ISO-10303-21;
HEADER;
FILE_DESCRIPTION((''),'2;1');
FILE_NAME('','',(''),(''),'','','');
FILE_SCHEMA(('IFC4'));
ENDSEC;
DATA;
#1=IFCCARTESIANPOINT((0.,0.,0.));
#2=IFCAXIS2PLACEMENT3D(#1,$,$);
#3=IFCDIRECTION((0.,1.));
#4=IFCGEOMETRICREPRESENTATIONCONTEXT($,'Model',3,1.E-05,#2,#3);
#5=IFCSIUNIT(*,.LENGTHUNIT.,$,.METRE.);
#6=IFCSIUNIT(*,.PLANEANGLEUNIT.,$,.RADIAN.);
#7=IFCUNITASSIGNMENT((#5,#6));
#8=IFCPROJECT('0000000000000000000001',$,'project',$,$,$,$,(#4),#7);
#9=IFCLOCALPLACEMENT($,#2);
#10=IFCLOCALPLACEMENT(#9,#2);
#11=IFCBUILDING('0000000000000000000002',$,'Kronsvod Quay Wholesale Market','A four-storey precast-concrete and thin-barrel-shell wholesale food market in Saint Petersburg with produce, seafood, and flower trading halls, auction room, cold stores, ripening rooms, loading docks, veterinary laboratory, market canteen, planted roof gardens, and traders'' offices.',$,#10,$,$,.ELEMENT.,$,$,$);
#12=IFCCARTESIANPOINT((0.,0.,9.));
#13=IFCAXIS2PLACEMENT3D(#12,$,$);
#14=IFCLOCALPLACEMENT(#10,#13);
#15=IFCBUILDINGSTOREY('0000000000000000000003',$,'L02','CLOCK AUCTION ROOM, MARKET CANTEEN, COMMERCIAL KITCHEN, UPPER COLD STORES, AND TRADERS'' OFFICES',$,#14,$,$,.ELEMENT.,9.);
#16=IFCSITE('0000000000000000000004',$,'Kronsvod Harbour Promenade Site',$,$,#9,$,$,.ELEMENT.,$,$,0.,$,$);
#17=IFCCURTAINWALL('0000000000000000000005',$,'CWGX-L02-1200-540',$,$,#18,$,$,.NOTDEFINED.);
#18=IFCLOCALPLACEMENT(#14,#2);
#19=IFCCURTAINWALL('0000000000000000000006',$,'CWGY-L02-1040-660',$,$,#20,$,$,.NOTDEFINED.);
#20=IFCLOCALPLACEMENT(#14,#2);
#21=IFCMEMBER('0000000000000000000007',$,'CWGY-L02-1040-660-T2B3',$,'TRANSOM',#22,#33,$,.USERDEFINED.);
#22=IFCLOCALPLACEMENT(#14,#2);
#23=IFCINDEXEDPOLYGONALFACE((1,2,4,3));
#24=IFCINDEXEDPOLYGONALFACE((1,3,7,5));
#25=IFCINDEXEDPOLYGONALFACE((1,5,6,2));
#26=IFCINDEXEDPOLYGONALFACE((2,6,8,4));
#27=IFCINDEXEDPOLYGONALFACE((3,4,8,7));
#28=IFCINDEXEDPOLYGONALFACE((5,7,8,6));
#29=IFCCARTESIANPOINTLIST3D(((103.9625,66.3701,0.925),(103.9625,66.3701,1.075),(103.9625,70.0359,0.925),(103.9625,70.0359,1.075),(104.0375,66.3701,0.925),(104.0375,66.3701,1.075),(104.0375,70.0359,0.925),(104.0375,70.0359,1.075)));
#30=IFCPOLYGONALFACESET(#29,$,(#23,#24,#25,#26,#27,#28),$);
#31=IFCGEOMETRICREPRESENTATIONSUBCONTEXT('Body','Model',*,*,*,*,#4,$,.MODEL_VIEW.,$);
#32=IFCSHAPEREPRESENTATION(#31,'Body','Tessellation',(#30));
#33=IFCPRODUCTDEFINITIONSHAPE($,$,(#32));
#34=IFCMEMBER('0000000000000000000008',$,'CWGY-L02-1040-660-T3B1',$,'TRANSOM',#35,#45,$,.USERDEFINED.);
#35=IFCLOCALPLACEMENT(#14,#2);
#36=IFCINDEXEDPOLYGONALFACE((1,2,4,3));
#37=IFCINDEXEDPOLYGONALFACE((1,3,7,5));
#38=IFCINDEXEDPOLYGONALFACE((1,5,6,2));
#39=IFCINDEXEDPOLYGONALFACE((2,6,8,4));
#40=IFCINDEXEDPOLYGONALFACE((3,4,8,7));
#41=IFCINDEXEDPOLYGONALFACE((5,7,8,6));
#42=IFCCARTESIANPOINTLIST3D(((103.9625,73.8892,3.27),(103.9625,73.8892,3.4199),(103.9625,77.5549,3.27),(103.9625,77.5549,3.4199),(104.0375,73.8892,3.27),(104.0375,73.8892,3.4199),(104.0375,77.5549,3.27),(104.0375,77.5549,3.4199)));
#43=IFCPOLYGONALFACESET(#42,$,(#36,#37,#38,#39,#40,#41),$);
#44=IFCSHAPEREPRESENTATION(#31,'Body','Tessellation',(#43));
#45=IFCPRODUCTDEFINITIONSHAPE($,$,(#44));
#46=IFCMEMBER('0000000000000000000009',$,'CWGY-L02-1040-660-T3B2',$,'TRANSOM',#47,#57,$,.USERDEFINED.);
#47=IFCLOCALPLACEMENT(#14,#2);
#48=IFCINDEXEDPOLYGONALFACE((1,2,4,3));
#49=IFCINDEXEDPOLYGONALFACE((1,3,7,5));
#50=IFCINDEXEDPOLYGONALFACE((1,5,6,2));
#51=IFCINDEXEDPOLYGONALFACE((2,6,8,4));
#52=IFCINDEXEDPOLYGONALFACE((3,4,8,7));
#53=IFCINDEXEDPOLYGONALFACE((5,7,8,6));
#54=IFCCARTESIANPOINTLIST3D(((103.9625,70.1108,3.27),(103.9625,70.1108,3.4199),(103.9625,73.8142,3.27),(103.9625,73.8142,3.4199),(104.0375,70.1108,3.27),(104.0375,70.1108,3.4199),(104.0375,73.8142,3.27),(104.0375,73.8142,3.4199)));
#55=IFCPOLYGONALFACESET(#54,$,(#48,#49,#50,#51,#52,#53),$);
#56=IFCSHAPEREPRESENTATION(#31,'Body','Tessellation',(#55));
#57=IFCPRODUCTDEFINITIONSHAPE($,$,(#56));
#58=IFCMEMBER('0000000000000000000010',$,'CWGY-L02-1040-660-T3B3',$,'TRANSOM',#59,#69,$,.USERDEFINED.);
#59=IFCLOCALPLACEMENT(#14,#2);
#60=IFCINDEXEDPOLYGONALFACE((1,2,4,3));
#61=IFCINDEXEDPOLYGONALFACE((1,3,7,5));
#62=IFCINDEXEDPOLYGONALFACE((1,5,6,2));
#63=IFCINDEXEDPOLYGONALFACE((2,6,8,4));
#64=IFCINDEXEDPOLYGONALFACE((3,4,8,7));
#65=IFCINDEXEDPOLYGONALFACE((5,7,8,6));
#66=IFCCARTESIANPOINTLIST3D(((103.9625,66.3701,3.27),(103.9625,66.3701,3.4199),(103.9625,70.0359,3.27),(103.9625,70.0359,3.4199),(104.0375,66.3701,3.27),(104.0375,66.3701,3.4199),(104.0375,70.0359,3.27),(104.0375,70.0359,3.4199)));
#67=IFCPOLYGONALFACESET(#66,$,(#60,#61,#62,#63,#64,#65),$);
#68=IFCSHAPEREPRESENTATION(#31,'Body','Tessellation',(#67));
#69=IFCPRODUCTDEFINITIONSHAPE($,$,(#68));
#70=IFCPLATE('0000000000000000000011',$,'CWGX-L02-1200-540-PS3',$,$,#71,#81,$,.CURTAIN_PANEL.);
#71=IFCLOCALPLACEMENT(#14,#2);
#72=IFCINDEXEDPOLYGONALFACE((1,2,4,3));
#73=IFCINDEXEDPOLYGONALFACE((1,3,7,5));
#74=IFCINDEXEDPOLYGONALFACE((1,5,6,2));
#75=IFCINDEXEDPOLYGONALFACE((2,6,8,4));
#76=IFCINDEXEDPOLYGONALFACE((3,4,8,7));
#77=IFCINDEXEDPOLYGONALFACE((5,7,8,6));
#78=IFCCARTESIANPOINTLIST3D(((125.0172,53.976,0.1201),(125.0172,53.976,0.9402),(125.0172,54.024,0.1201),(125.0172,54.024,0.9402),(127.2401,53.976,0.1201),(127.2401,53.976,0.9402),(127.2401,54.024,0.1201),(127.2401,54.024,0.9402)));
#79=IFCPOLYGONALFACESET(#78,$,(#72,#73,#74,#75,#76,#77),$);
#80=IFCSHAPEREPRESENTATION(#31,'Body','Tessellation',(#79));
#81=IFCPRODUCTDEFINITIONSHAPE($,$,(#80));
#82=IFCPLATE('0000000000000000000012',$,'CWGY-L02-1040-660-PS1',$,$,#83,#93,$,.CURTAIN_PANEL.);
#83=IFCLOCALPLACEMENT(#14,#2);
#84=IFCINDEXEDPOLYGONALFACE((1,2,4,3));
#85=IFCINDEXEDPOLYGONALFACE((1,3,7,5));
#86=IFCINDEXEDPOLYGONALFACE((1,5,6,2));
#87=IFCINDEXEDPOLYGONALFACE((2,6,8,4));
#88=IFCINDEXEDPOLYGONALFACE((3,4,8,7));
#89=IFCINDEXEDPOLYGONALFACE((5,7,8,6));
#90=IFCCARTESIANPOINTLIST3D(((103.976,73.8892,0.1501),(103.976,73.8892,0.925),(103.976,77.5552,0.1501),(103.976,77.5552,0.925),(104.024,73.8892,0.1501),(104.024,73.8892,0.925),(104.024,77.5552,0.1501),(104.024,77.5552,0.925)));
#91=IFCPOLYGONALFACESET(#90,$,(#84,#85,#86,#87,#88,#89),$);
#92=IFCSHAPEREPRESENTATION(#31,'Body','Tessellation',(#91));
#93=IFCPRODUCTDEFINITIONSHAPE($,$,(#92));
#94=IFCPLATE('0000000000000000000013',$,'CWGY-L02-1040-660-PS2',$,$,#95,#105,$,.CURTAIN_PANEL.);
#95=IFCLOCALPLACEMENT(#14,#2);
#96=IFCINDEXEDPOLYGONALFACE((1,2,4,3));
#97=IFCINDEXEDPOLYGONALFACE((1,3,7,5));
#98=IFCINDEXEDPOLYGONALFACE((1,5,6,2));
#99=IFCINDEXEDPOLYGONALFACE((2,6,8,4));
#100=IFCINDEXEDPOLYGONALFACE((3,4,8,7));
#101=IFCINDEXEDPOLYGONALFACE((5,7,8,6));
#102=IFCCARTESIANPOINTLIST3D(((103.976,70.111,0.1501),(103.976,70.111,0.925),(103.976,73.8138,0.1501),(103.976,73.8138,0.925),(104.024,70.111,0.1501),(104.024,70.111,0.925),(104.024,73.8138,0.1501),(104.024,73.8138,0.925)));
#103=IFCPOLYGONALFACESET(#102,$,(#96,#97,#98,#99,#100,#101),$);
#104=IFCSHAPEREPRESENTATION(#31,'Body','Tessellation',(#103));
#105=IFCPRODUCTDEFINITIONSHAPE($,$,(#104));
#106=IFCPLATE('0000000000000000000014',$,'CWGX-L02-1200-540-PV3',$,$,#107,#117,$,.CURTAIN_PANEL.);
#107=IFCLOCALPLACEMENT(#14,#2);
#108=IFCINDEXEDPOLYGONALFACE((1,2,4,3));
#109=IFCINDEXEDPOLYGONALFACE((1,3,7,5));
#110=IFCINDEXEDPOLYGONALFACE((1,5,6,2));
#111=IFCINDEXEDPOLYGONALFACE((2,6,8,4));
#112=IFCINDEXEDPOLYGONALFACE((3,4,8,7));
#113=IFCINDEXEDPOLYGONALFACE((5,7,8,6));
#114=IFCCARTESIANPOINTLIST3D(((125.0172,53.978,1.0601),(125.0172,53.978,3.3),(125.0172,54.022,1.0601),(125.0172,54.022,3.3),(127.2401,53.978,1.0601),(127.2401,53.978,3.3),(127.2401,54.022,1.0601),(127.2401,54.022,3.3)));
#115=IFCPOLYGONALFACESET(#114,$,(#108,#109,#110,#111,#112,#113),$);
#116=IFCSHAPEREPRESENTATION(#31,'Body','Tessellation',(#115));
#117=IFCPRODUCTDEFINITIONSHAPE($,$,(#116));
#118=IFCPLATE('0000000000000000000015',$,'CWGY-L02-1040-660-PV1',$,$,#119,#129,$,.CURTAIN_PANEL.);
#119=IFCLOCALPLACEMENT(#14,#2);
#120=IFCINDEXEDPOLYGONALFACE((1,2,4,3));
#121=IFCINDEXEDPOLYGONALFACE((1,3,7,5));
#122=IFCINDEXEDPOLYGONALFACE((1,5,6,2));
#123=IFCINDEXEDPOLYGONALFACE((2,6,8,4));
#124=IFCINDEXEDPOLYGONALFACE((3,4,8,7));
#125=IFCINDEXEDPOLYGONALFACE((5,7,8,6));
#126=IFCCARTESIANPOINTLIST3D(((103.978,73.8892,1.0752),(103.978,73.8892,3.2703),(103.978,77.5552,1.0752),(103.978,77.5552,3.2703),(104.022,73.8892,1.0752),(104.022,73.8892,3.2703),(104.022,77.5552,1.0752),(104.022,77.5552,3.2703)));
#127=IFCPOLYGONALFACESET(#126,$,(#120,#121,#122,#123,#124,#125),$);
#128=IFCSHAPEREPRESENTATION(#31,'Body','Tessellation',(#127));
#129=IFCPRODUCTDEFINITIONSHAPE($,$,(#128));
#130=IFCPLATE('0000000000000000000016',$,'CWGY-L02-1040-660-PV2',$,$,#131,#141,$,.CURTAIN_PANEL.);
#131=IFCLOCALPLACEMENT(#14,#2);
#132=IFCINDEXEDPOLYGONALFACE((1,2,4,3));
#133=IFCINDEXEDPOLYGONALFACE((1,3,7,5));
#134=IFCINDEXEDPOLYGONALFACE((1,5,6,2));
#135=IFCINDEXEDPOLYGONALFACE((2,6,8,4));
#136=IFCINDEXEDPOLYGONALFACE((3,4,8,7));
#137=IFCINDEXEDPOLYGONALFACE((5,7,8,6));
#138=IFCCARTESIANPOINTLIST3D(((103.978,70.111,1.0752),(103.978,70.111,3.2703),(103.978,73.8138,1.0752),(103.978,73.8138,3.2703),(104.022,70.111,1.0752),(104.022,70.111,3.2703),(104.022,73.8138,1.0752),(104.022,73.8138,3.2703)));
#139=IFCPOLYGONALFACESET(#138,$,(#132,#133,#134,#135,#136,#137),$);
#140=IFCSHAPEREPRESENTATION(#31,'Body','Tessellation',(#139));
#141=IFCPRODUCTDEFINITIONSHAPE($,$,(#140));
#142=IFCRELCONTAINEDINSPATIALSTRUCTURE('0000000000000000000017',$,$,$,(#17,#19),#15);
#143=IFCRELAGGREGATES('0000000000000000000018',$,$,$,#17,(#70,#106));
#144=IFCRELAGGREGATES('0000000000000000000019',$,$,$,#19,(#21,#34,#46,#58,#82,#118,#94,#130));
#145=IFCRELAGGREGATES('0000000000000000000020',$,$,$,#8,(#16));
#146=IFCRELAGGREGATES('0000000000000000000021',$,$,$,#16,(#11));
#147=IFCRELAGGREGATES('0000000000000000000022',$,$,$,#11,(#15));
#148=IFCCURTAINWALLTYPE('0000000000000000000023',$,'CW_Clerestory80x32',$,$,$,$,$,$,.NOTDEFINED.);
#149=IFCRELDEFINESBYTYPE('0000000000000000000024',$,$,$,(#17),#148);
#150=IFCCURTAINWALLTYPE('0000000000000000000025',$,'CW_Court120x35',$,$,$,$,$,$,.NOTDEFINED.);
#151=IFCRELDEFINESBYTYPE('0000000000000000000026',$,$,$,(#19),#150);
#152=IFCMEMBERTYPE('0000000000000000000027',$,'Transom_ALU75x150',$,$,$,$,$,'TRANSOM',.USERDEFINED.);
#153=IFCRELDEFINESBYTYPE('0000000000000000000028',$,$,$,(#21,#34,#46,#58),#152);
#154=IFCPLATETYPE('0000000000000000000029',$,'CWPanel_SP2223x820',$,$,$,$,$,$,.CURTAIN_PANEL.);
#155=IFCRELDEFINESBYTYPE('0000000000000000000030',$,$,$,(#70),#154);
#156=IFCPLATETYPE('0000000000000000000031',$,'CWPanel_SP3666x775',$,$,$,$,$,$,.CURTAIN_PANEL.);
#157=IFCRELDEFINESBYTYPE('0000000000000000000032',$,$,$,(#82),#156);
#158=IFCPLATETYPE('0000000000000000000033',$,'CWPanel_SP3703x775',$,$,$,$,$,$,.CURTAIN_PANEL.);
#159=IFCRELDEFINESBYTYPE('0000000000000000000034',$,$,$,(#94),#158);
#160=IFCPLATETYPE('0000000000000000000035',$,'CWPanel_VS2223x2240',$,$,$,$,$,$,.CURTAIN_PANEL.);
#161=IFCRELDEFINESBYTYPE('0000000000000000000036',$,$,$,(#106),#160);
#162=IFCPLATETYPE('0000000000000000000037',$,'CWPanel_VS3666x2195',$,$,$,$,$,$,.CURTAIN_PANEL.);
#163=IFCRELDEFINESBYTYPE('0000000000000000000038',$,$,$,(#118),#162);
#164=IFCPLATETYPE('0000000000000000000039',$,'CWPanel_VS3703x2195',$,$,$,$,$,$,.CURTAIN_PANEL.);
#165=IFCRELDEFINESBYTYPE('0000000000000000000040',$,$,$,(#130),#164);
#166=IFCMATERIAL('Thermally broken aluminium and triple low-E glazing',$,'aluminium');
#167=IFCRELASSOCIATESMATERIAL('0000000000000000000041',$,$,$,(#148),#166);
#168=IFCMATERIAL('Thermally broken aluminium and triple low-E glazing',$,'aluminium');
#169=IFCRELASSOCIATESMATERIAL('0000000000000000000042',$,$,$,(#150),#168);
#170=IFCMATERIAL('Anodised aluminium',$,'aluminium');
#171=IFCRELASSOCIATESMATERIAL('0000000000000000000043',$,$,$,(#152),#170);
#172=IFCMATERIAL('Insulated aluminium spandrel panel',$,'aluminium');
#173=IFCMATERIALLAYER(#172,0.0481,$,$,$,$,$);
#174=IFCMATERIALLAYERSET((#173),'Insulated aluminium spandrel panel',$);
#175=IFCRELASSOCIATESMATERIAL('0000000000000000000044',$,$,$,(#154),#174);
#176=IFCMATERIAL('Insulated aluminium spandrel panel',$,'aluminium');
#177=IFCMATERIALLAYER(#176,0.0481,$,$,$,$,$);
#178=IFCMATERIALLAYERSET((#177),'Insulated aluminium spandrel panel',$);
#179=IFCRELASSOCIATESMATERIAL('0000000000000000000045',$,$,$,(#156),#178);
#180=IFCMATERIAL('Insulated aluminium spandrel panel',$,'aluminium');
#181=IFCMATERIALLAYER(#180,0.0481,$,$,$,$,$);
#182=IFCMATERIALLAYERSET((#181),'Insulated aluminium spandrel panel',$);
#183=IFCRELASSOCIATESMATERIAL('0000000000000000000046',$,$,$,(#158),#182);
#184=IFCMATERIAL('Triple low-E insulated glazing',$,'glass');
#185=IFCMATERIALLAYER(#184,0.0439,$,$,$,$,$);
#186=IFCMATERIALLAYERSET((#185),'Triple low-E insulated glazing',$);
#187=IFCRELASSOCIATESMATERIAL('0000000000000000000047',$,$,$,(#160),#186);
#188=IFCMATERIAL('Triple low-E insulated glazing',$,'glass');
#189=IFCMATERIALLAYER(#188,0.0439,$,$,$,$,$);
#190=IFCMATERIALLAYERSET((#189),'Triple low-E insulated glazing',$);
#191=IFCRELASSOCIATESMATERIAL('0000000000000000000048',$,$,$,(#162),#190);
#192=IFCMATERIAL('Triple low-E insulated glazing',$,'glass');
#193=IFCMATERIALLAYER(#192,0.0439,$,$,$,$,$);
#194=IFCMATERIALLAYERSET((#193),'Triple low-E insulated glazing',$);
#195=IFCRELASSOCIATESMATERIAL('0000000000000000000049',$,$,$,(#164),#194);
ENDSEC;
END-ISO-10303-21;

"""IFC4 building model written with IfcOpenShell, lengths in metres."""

from ifc_helpers import new_model, si_unit, direction, frame, origin, origin_2d, place, context, subcontext, project, spatial, rectangle, extrude, material, layer, layer_set, material_profile, profile_set, type_object, element, aggregate, save


model = new_model("IFC4")

# Units and contexts
model_context = context("Model", 3, precision=1e-05, world=origin(), true_north=direction((0.0, 1.0)))
body_context = subcontext(model_context, "Body", "Model", "MODEL_VIEW")
ifc_project = project(units=[si_unit("LENGTHUNIT", "METRE"), si_unit("PLANEANGLEUNIT", "RADIAN")], contexts=[model_context])

# Site, building, storey
site_placement = place(None, origin())
site = spatial("IfcSite", under=ifc_project, at=site_placement, Name="Kronsvod Harbour Promenade Site", CompositionType="ELEMENT", RefElevation=0.0)
building_placement = place(site_placement, origin())
building = spatial("IfcBuilding", under=site, at=building_placement, Name="Kronsvod Quay Wholesale Market", Description="A four-storey precast-concrete and thin-barrel-shell wholesale food market in Saint Petersburg with produce, seafood, and flower trading halls, auction room, cold stores, ripening rooms, loading docks, veterinary laboratory, market canteen, planted roof gardens, and traders' offices.", CompositionType="ELEMENT")
storey_placement = place(building_placement, frame((0.0, 0.0, 9.0)))
storey = spatial("IfcBuildingStorey", under=building, at=storey_placement, Name="L02", Description="CLOCK AUCTION ROOM, MARKET CANTEEN, COMMERCIAL KITCHEN, UPPER COLD STORES, AND TRADERS' OFFICES", CompositionType="ELEMENT", Elevation=9.0)

# Curtain wall
ifc_material_1 = material(Name="Thermally broken aluminium and triple low-E glazing", Category="aluminium")
curtain_wall_type_1 = type_object("IfcCurtainWallType", Name="CW_Clerestory80x32", PredefinedType="NOTDEFINED", material=ifc_material_1)
curtain_wall_1_placement = place(storey_placement, origin())
curtain_wall_1 = element("IfcCurtainWall", 1, at=curtain_wall_1_placement, inside=storey, type_object=curtain_wall_type_1, Name="CWGX-L02-1200-540", PredefinedType="NOTDEFINED")

# Curtain wall
ifc_material_2 = material(Name="Thermally broken aluminium and triple low-E glazing", Category="aluminium")
curtain_wall_type_2 = type_object("IfcCurtainWallType", Name="CW_Court120x35", PredefinedType="NOTDEFINED", material=ifc_material_2)
curtain_wall_2_placement = place(storey_placement, origin())
curtain_wall_2 = element("IfcCurtainWall", 2, at=curtain_wall_2_placement, inside=storey, type_object=curtain_wall_type_2, Name="CWGY-L02-1040-660", PredefinedType="NOTDEFINED")

# Members
ifc_material_3 = material(Name="Anodised aluminium", Category="aluminium")
ifc_material_profile_1 = material_profile(ifc_material_3, rectangle(XDim=0.075, YDim=0.1499, at=origin_2d()), Name="ALUT75x150")
ifc_profile_set_1 = profile_set([ifc_material_profile_1], Name="Anodised aluminium")
member_type_1 = type_object("IfcMemberType", Name="Transom_ALU75x150", ElementType="TRANSOM", PredefinedType="USERDEFINED", material=ifc_profile_set_1)
member_1_placement = place(storey_placement, frame((104.0, 70.0359, 1.0), z_axis=(0.0, -1.0, 0.0), x_axis=(1.0, 0.0, 0.0)))
member_1 = element("IfcMember", 3, at=member_1_placement, type_object=member_type_1, Name="CWGY-L02-1040-660-T2B3", ObjectType="TRANSOM", PredefinedType="USERDEFINED", context=body_context, shape_type="SweptSolid", body=[
    extrude(rectangle(XDim=0.075, YDim=0.1499, at=origin_2d()), origin(), (0.0, 0.0, 1.0), 3.6658),
])
member_2_placement = place(storey_placement, frame((104.0, 77.5549, 3.345), z_axis=(0.0, -1.0, 0.0), x_axis=(1.0, 0.0, 0.0)))
member_2 = element("IfcMember", 4, at=member_2_placement, type_object=member_type_1, Name="CWGY-L02-1040-660-T3B1", ObjectType="TRANSOM", PredefinedType="USERDEFINED", context=body_context, shape_type="SweptSolid", body=[
    extrude(rectangle(XDim=0.075, YDim=0.1499, at=origin_2d()), origin(), (0.0, 0.0, 1.0), 3.6658),
])
member_3_placement = place(storey_placement, frame((104.0, 73.8142, 3.345), z_axis=(0.0, -1.0, 0.0), x_axis=(1.0, 0.0, 0.0)))
member_3 = element("IfcMember", 5, at=member_3_placement, type_object=member_type_1, Name="CWGY-L02-1040-660-T3B2", ObjectType="TRANSOM", PredefinedType="USERDEFINED", context=body_context, shape_type="SweptSolid", body=[
    extrude(rectangle(XDim=0.075, YDim=0.1499, at=origin_2d()), origin(), (0.0, 0.0, 1.0), 3.7034),
])
member_4_placement = place(storey_placement, frame((104.0, 70.0359, 3.345), z_axis=(0.0, -1.0, 0.0), x_axis=(1.0, 0.0, 0.0)))
member_4 = element("IfcMember", 6, at=member_4_placement, type_object=member_type_1, Name="CWGY-L02-1040-660-T3B3", ObjectType="TRANSOM", PredefinedType="USERDEFINED", context=body_context, shape_type="SweptSolid", body=[
    extrude(rectangle(XDim=0.075, YDim=0.1499, at=origin_2d()), origin(), (0.0, 0.0, 1.0), 3.6658),
])

# Plates
ifc_material_4 = material(Name="Insulated aluminium spandrel panel", Category="aluminium")
ifc_layer_1 = layer(ifc_material_4, 0.0481)
ifc_layer_set_1 = layer_set([ifc_layer_1], Name="Insulated aluminium spandrel panel")
plate_type_1 = type_object("IfcPlateType", Name="CWPanel_SP2223x820", PredefinedType="CURTAIN_PANEL", material=ifc_layer_set_1)
plate_1_placement = place(storey_placement, frame((126.1287, 54.0, 0.1201), z_axis=(0.0, 0.0, 1.0), x_axis=(1.0, 0.0, 0.0)))
plate_1 = element("IfcPlate", 7, at=plate_1_placement, type_object=plate_type_1, Name="CWGX-L02-1200-540-PS3", PredefinedType="CURTAIN_PANEL", context=body_context, shape_type="SweptSolid", body=[
    extrude(rectangle(XDim=2.2229, YDim=0.0481, at=origin_2d()), origin(), (0.0, 0.0, 1.0), 0.8201),
])
ifc_material_5 = material(Name="Insulated aluminium spandrel panel", Category="aluminium")
ifc_layer_2 = layer(ifc_material_5, 0.0481)
ifc_layer_set_2 = layer_set([ifc_layer_2], Name="Insulated aluminium spandrel panel")
plate_type_2 = type_object("IfcPlateType", Name="CWPanel_SP3666x775", PredefinedType="CURTAIN_PANEL", material=ifc_layer_set_2)
plate_2_placement = place(storey_placement, frame((104.0, 75.7222, 0.1501), z_axis=(0.0, 0.0, 1.0), x_axis=(0.0, -1.0, 0.0)))
plate_2 = element("IfcPlate", 8, at=plate_2_placement, type_object=plate_type_2, Name="CWGY-L02-1040-660-PS1", PredefinedType="CURTAIN_PANEL", context=body_context, shape_type="SweptSolid", body=[
    extrude(rectangle(XDim=3.666, YDim=0.0481, at=origin_2d()), origin(), (0.0, 0.0, 1.0), 0.7749),
])
ifc_material_6 = material(Name="Insulated aluminium spandrel panel", Category="aluminium")
ifc_layer_3 = layer(ifc_material_6, 0.0481)
ifc_layer_set_3 = layer_set([ifc_layer_3], Name="Insulated aluminium spandrel panel")
plate_type_3 = type_object("IfcPlateType", Name="CWPanel_SP3703x775", PredefinedType="CURTAIN_PANEL", material=ifc_layer_set_3)
plate_3_placement = place(storey_placement, frame((104.0, 71.9624, 0.1501), z_axis=(0.0, 0.0, 1.0), x_axis=(0.0, -1.0, 0.0)))
plate_3 = element("IfcPlate", 9, at=plate_3_placement, type_object=plate_type_3, Name="CWGY-L02-1040-660-PS2", PredefinedType="CURTAIN_PANEL", context=body_context, shape_type="SweptSolid", body=[
    extrude(rectangle(XDim=3.7029, YDim=0.0481, at=origin_2d()), origin(), (0.0, 0.0, 1.0), 0.7749),
])
ifc_material_7 = material(Name="Triple low-E insulated glazing", Category="glass")
ifc_layer_4 = layer(ifc_material_7, 0.0439)
ifc_layer_set_4 = layer_set([ifc_layer_4], Name="Triple low-E insulated glazing")
plate_type_4 = type_object("IfcPlateType", Name="CWPanel_VS2223x2240", PredefinedType="CURTAIN_PANEL", material=ifc_layer_set_4)
plate_4_placement = place(storey_placement, frame((126.1287, 54.0, 1.0601), z_axis=(0.0, 0.0, 1.0), x_axis=(1.0, 0.0, 0.0)))
plate_4 = element("IfcPlate", 10, at=plate_4_placement, type_object=plate_type_4, Name="CWGX-L02-1200-540-PV3", PredefinedType="CURTAIN_PANEL", context=body_context, shape_type="SweptSolid", body=[
    extrude(rectangle(XDim=2.2229, YDim=0.0439, at=origin_2d()), origin(), (0.0, 0.0, 1.0), 2.24),
])
aggregate(curtain_wall_1, [plate_1, plate_4])
ifc_material_8 = material(Name="Triple low-E insulated glazing", Category="glass")
ifc_layer_5 = layer(ifc_material_8, 0.0439)
ifc_layer_set_5 = layer_set([ifc_layer_5], Name="Triple low-E insulated glazing")
plate_type_5 = type_object("IfcPlateType", Name="CWPanel_VS3666x2195", PredefinedType="CURTAIN_PANEL", material=ifc_layer_set_5)
plate_5_placement = place(storey_placement, frame((104.0, 75.7222, 1.0752), z_axis=(0.0, 0.0, 1.0), x_axis=(0.0, -1.0, 0.0)))
plate_5 = element("IfcPlate", 11, at=plate_5_placement, type_object=plate_type_5, Name="CWGY-L02-1040-660-PV1", PredefinedType="CURTAIN_PANEL", context=body_context, shape_type="SweptSolid", body=[
    extrude(rectangle(XDim=3.666, YDim=0.0439, at=origin_2d()), origin(), (0.0, 0.0, 1.0), 2.1951),
])
ifc_material_9 = material(Name="Triple low-E insulated glazing", Category="glass")
ifc_layer_6 = layer(ifc_material_9, 0.0439)
ifc_layer_set_6 = layer_set([ifc_layer_6], Name="Triple low-E insulated glazing")
plate_type_6 = type_object("IfcPlateType", Name="CWPanel_VS3703x2195", PredefinedType="CURTAIN_PANEL", material=ifc_layer_set_6)
plate_6_placement = place(storey_placement, frame((104.0, 71.9624, 1.0752), z_axis=(0.0, 0.0, 1.0), x_axis=(0.0, -1.0, 0.0)))
plate_6 = element("IfcPlate", 12, at=plate_6_placement, type_object=plate_type_6, Name="CWGY-L02-1040-660-PV2", PredefinedType="CURTAIN_PANEL", context=body_context, shape_type="SweptSolid", body=[
    extrude(rectangle(XDim=3.7029, YDim=0.0439, at=origin_2d()), origin(), (0.0, 0.0, 1.0), 2.1951),
])
aggregate(curtain_wall_2, [member_1, member_2, member_3, member_4, plate_2, plate_5, plate_3, plate_6])

save(model, "model.ifc")
